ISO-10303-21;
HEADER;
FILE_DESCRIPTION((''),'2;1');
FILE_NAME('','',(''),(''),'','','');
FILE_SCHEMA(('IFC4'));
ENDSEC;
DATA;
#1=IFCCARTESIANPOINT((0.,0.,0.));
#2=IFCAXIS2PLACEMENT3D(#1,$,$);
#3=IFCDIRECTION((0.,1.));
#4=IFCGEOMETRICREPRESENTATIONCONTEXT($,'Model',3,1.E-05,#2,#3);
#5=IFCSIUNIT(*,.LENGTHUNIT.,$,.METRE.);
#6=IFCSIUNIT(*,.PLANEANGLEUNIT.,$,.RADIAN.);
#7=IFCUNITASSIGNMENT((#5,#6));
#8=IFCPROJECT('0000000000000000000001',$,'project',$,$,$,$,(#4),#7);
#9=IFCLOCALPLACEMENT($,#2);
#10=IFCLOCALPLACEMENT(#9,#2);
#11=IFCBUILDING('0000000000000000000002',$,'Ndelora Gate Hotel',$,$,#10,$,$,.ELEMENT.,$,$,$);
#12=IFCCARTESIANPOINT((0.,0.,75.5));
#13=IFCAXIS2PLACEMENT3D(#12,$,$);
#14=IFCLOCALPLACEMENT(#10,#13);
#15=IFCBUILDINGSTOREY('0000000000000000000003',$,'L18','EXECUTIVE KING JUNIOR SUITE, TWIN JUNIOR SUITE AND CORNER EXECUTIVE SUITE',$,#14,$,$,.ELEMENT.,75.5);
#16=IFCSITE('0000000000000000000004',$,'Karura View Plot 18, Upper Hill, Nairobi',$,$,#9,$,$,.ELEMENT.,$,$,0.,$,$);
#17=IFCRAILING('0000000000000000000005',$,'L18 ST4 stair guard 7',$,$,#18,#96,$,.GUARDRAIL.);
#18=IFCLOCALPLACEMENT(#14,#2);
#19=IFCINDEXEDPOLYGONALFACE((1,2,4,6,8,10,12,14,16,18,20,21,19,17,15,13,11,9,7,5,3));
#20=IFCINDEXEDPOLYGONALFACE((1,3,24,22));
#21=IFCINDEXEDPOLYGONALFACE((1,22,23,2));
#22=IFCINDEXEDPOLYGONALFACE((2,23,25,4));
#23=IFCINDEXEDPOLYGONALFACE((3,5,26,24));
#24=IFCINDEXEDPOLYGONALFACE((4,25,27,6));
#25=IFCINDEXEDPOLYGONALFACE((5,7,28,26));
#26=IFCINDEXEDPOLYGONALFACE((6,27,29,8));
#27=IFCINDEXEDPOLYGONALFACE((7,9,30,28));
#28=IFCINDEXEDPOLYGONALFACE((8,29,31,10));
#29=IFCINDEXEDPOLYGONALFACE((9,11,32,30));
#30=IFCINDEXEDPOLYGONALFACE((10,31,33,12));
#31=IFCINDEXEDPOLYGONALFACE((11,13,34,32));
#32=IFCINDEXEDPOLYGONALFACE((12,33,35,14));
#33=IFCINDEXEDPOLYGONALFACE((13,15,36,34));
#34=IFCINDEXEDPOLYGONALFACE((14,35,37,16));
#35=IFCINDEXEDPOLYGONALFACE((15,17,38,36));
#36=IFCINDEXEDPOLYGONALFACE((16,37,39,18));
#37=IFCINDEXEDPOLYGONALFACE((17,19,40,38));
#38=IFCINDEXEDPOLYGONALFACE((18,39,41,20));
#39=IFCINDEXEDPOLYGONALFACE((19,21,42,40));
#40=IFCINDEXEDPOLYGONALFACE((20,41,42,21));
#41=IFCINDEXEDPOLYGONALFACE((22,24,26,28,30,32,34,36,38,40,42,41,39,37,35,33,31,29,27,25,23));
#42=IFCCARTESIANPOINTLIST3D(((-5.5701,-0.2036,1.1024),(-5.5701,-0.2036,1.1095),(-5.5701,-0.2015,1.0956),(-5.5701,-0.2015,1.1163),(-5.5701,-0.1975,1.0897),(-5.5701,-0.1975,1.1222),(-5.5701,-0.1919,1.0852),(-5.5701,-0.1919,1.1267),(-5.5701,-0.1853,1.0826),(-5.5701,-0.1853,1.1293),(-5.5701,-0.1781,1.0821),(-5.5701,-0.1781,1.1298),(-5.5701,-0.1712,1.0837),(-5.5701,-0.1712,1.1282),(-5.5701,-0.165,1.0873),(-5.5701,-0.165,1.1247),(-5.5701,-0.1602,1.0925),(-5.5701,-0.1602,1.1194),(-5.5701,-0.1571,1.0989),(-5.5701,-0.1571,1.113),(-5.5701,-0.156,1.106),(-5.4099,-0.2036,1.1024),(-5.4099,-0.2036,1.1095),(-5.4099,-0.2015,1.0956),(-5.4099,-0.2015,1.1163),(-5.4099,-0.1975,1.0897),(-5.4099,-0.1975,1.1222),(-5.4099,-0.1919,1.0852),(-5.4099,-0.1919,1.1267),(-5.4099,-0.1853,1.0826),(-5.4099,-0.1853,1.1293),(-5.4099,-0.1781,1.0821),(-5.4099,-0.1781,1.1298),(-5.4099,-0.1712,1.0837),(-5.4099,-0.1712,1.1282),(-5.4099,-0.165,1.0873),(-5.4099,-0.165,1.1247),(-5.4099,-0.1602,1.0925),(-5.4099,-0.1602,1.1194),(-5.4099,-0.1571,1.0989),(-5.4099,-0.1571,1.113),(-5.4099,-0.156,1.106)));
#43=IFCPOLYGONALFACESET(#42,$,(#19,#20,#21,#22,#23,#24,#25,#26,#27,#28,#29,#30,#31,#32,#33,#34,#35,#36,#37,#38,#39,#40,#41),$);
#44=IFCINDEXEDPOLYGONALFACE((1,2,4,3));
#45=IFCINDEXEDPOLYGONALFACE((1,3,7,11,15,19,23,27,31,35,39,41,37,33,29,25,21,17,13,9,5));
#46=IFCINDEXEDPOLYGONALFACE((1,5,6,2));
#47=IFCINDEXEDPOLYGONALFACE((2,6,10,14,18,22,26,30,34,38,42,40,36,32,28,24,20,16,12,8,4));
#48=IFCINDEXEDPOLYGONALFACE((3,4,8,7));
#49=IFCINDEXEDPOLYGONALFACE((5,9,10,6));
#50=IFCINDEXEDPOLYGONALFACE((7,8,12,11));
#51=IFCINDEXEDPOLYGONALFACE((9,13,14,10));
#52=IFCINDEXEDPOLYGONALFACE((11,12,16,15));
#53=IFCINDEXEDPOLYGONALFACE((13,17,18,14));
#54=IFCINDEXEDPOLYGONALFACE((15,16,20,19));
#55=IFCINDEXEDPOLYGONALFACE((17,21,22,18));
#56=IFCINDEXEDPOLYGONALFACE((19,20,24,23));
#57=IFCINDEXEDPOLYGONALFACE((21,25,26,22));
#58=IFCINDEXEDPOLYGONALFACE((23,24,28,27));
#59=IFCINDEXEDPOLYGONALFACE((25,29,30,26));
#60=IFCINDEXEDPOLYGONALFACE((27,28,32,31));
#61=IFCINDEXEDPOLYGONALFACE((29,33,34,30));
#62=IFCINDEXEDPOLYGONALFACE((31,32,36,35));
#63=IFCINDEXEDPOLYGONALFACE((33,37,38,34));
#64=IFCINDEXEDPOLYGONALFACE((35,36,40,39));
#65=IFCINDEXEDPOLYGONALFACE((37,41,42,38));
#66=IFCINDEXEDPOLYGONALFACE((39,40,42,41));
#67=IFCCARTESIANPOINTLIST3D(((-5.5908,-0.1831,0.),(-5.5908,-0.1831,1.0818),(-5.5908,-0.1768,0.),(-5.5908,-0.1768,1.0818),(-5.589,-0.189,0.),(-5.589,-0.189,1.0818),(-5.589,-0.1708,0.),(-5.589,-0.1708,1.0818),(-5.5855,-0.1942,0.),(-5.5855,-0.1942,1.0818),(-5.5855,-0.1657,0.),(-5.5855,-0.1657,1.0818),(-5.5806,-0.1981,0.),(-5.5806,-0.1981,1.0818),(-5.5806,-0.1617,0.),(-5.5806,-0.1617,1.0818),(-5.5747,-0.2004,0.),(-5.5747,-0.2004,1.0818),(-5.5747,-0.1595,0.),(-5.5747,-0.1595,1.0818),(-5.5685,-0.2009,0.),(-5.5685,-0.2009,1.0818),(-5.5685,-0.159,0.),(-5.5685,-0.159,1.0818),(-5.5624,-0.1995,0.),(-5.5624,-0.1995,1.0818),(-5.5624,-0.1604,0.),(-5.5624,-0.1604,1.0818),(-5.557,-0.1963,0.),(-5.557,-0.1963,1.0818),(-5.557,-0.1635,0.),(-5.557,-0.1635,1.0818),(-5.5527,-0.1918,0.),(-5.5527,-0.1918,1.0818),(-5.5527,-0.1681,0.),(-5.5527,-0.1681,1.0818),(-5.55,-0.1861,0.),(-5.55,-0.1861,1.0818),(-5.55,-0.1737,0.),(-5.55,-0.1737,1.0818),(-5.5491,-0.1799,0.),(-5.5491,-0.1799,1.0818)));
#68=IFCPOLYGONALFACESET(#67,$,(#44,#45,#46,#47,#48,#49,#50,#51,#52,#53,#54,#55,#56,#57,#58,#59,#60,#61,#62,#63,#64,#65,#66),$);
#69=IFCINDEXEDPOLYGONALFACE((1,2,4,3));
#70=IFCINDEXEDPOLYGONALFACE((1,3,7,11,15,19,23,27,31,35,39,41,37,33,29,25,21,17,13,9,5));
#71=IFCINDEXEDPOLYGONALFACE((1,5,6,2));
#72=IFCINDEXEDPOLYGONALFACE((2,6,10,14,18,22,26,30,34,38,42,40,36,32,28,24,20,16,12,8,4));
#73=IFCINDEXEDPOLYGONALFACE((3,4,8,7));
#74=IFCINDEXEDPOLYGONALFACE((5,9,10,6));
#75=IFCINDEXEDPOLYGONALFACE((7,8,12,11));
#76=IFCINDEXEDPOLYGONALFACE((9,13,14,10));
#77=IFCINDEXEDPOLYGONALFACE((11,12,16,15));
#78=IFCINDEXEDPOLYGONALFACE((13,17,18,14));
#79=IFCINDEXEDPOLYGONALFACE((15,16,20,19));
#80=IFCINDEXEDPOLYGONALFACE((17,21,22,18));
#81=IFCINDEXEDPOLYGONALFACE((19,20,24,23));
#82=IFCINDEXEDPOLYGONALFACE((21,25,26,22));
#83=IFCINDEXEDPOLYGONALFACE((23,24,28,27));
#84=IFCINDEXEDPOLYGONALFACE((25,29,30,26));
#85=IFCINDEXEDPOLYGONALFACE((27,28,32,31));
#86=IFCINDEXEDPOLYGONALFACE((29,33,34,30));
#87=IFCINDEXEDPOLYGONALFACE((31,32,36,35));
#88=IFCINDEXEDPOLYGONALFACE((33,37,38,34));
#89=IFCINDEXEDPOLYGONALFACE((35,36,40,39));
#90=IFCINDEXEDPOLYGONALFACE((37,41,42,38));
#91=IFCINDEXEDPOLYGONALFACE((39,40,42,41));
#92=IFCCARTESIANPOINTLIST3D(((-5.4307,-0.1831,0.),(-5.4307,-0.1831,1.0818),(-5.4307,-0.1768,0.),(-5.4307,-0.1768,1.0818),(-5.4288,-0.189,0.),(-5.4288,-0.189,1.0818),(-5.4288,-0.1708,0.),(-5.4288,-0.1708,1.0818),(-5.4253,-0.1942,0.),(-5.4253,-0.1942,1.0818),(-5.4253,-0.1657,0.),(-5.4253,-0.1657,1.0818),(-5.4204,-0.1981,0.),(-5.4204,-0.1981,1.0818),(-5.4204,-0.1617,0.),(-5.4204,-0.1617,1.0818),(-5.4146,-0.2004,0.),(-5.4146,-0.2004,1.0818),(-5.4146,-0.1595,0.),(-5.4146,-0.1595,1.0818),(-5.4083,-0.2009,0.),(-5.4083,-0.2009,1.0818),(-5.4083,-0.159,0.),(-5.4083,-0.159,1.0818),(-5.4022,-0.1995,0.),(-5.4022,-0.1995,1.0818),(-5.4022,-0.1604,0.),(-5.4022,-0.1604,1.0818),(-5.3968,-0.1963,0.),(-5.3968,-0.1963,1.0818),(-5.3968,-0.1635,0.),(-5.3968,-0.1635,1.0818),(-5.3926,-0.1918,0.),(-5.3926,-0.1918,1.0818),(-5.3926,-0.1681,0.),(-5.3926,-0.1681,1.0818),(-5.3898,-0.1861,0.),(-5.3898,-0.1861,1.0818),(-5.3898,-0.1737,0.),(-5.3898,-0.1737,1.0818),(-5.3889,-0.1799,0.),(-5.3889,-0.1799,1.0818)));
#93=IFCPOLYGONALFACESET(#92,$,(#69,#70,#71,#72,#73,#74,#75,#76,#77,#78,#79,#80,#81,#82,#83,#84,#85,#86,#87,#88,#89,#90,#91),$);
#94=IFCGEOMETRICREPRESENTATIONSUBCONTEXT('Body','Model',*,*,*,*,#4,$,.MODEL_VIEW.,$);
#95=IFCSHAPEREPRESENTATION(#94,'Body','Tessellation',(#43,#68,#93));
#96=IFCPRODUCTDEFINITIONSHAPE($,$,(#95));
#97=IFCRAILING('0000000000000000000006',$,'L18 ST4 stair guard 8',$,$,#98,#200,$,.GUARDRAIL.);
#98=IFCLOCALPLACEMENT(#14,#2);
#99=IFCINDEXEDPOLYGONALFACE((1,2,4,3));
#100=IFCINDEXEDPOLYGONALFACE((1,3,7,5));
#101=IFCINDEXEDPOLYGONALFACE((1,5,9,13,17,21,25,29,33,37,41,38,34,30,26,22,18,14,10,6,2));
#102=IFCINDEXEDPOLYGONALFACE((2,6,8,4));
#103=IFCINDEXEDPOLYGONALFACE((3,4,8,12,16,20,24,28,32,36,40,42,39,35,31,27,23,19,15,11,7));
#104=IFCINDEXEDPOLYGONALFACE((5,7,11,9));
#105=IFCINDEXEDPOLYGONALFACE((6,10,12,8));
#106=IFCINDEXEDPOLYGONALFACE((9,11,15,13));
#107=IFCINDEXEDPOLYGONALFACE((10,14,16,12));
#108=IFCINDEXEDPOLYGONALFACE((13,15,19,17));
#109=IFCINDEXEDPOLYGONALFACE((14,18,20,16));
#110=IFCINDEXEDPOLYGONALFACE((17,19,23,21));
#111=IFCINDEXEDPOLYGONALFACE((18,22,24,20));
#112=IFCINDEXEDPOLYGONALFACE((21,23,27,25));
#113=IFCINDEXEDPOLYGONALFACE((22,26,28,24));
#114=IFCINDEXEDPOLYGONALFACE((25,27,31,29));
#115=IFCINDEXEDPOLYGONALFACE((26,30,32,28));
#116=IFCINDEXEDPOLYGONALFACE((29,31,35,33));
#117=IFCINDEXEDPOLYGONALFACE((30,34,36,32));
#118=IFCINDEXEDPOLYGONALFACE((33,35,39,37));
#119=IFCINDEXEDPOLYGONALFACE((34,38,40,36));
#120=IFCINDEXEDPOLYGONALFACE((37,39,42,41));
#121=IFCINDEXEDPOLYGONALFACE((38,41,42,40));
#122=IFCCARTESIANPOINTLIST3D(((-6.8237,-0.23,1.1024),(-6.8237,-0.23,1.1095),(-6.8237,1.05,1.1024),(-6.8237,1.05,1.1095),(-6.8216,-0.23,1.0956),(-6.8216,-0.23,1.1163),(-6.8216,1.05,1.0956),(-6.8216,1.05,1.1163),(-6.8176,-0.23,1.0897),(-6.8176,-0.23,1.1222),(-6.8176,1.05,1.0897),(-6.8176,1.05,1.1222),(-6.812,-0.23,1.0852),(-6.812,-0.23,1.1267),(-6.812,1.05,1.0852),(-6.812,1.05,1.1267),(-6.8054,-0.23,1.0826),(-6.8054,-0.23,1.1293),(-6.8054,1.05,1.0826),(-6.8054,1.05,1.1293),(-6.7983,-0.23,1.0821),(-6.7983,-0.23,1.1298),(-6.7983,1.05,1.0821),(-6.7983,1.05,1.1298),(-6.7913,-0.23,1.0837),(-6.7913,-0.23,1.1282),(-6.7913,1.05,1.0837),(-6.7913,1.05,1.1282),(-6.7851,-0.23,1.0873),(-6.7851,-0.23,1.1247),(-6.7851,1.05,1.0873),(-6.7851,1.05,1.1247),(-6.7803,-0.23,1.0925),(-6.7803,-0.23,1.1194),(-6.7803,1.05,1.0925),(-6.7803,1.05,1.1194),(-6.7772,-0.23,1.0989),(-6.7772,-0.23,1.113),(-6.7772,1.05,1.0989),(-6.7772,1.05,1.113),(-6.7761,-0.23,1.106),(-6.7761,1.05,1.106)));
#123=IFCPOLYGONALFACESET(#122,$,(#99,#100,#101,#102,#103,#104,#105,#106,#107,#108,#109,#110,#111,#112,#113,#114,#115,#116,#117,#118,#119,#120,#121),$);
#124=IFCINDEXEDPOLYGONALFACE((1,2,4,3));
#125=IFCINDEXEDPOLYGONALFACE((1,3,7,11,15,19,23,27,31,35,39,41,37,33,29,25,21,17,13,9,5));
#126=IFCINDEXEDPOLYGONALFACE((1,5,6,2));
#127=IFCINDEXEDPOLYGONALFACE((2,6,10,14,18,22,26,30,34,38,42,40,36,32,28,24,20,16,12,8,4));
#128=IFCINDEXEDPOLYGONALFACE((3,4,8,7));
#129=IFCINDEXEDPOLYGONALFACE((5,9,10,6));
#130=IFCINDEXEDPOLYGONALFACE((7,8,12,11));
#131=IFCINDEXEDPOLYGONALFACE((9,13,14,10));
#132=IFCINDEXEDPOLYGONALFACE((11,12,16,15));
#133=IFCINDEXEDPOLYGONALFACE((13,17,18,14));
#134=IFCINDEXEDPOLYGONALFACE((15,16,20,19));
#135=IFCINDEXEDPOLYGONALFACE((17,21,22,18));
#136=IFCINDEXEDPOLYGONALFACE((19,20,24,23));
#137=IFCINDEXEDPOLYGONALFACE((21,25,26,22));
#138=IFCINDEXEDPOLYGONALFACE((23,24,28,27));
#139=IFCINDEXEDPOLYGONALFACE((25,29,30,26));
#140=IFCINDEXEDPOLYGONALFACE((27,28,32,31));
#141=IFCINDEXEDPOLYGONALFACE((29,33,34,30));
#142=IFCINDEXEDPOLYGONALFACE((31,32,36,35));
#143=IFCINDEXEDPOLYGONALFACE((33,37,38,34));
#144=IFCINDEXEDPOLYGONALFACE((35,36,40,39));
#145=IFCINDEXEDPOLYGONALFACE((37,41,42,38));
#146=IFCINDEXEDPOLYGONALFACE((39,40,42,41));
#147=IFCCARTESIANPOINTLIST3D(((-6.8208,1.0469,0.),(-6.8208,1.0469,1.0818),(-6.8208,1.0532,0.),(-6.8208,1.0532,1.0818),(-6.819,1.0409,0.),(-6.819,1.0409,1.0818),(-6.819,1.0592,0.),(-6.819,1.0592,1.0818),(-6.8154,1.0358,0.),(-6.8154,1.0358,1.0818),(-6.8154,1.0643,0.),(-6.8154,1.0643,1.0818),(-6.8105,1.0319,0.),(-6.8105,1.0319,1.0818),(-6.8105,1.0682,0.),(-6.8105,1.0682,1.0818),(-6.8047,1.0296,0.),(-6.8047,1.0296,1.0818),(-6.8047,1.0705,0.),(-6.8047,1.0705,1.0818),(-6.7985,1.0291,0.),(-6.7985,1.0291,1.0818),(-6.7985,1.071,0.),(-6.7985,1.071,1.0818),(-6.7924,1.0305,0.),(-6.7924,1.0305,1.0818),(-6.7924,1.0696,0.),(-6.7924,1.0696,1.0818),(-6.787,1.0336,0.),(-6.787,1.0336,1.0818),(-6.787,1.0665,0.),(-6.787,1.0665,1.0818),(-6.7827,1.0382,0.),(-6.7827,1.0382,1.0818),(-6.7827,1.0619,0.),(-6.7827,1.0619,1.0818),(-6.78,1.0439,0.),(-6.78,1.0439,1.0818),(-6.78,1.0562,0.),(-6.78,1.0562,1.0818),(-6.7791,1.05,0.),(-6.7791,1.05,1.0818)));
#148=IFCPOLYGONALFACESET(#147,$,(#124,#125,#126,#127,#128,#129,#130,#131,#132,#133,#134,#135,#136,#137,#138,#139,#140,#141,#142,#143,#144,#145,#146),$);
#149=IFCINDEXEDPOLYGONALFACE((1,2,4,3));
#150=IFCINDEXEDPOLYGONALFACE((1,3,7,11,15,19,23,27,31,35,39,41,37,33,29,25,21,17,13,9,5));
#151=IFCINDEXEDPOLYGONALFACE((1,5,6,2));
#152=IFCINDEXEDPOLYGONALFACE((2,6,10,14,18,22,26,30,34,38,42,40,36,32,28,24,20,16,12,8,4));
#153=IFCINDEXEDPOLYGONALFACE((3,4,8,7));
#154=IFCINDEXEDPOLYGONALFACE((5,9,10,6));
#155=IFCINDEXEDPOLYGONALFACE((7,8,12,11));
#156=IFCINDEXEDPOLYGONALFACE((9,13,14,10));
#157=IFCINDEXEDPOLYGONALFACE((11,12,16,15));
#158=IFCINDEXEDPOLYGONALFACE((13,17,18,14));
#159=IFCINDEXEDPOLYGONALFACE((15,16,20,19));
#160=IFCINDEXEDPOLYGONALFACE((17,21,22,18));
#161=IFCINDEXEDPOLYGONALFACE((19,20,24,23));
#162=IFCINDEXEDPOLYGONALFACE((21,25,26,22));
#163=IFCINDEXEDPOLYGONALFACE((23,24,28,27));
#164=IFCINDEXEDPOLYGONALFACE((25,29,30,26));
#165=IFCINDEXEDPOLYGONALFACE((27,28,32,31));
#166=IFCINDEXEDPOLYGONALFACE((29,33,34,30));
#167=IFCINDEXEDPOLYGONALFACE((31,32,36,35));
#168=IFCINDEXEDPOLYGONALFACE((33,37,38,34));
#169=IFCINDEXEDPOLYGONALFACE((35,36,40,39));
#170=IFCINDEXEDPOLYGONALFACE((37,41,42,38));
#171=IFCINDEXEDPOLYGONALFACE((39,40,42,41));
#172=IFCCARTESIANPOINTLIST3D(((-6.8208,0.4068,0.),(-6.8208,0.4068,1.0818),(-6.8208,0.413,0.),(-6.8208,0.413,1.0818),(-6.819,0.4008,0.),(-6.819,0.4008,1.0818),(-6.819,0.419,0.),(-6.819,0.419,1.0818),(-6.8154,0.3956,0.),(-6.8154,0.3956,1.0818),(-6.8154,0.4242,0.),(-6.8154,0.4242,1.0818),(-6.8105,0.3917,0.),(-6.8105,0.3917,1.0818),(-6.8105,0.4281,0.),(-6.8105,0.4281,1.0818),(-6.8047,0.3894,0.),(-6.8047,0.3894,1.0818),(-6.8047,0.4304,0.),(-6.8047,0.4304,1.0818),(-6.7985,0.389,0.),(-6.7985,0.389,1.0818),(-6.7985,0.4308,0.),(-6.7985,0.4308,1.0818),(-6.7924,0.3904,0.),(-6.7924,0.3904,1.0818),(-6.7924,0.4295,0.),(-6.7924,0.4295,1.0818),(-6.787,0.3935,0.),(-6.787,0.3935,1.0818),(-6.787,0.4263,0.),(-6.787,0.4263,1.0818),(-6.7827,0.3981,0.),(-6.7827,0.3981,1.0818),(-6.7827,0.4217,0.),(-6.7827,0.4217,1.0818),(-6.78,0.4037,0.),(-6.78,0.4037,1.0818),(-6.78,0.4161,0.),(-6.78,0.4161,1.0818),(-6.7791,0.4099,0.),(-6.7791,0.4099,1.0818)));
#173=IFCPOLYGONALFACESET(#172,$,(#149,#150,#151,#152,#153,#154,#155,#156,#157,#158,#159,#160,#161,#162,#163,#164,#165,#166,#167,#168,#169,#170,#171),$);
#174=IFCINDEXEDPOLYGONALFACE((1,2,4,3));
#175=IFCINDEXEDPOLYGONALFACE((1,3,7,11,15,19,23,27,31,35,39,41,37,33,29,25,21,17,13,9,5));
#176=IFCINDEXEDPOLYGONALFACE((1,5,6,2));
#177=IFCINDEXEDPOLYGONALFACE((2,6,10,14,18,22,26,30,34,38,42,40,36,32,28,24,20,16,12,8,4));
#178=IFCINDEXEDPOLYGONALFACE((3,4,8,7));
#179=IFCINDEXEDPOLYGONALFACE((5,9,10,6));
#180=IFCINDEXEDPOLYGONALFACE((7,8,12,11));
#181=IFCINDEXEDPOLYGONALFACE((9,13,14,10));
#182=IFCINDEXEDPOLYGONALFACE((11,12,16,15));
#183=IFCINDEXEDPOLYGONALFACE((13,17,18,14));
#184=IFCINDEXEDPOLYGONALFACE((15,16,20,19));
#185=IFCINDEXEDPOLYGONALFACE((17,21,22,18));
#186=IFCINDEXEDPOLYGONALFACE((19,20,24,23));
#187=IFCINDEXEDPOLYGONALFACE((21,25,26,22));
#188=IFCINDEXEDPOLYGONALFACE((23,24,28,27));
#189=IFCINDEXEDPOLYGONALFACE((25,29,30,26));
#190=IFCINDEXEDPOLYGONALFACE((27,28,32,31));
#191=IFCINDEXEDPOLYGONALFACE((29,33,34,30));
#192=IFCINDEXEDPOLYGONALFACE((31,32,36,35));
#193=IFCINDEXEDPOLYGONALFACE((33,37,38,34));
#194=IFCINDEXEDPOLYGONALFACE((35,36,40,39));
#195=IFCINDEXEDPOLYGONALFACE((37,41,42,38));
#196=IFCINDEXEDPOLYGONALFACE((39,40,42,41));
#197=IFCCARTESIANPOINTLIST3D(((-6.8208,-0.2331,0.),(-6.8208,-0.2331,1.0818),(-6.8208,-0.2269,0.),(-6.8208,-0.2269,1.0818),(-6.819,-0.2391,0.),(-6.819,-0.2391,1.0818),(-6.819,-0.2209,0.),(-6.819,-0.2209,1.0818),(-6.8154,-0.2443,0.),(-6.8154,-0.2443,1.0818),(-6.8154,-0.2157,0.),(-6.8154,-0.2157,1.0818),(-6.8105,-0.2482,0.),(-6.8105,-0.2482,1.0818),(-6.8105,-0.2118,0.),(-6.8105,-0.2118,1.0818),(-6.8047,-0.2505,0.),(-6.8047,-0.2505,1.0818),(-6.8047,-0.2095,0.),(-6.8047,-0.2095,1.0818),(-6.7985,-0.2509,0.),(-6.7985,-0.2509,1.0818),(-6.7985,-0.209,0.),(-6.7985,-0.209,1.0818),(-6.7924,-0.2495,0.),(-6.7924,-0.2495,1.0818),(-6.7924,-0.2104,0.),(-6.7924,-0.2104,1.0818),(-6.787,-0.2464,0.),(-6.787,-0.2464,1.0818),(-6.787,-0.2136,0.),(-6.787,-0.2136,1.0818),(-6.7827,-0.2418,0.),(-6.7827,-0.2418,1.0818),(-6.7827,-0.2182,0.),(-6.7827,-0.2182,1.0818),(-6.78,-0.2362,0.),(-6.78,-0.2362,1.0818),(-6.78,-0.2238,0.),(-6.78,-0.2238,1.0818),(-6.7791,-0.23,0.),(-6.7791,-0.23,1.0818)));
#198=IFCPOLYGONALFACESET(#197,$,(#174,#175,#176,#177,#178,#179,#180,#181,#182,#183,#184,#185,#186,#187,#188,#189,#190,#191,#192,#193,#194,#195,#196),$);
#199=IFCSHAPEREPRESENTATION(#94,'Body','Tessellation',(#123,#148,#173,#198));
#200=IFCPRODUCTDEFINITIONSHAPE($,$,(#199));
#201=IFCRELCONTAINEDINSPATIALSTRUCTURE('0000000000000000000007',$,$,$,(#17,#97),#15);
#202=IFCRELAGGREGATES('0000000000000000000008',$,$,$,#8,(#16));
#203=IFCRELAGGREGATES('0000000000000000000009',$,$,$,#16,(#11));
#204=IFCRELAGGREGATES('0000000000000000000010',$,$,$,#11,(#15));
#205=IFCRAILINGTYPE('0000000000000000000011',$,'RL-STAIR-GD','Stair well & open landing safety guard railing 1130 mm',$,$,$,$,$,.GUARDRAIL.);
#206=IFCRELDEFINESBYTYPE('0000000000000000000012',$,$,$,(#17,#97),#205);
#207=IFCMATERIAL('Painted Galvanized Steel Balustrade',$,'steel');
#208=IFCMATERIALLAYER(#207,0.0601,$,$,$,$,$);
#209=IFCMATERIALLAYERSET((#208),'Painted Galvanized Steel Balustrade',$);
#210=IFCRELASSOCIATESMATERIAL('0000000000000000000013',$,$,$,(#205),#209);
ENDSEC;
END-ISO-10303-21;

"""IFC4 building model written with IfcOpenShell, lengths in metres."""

from ifc_helpers import new_model, si_unit, direction, frame, origin, origin_2d, place, context, subcontext, project, spatial, circle, extrude, material, layer, layer_set, type_object, element, save


model = new_model("IFC4")

# Units and contexts
model_context = context("Model", 3, precision=1e-05, world=origin(), true_north=direction((0.0, 1.0)))
body_context = subcontext(model_context, "Body", "Model", "MODEL_VIEW")
ifc_project = project(units=[si_unit("LENGTHUNIT", "METRE"), si_unit("PLANEANGLEUNIT", "RADIAN")], contexts=[model_context])

# Site, building, storey
site_placement = place(None, origin())
site = spatial("IfcSite", under=ifc_project, at=site_placement, Name="Karura View Plot 18, Upper Hill, Nairobi", CompositionType="ELEMENT", RefElevation=0.0)
building_placement = place(site_placement, origin())
building = spatial("IfcBuilding", under=site, at=building_placement, Name="Ndelora Gate Hotel", CompositionType="ELEMENT")
storey_placement = place(building_placement, frame((0.0, 0.0, 75.5)))
storey = spatial("IfcBuildingStorey", under=building, at=storey_placement, Name="L18", Description="EXECUTIVE KING JUNIOR SUITE, TWIN JUNIOR SUITE AND CORNER EXECUTIVE SUITE", CompositionType="ELEMENT", Elevation=75.5)

# Railings
ifc_material_1 = material(Name="Painted Galvanized Steel Balustrade", Category="steel")
ifc_layer_1 = layer(ifc_material_1, 0.0601)
ifc_layer_set_1 = layer_set([ifc_layer_1], Name="Painted Galvanized Steel Balustrade")
railing_type_1 = type_object("IfcRailingType", Name="RL-STAIR-GD", Description="Stair well & open landing safety guard railing 1130 mm", PredefinedType="GUARDRAIL", material=ifc_layer_set_1)
railing_1_placement = place(storey_placement, frame((-5.5701, -0.1799, 0.0)))
element("IfcRailing", 1, at=railing_1_placement, inside=storey, type_object=railing_type_1, Name="L18 ST4 stair guard 7", PredefinedType="GUARDRAIL", context=body_context, shape_type="SweptSolid", body=[
    extrude(circle(Radius=0.0239, at=origin_2d()), frame((0.0, 0.0, 1.106), z_axis=(1.0, 0.0, 0.0), x_axis=(0.0, 1.0, 0.0)), (0.0, 0.0, 1.0), 0.1602),
    extrude(circle(Radius=0.021, at=origin_2d()), origin(), (0.0, 0.0, 1.0), 1.0818),
    extrude(circle(Radius=0.021, at=origin_2d()), frame((0.1602, 0.0, 0.0)), (0.0, 0.0, 1.0), 1.0818),
])
for number, where, name in (
    (2, (-6.8, 1.05, 0.0), "L18 ST4 stair guard 8"),
):
    element("IfcRailing", number, at=place(storey_placement, frame(where)), inside=storey, type_object=railing_type_1, Name=name, PredefinedType="GUARDRAIL", context=body_context, shape_type="SweptSolid", body=[
        extrude(circle(Radius=0.0239, at=origin_2d()), frame((0.0, 0.0, 1.106), z_axis=(0.0, -1.0, 0.0), x_axis=(1.0, 0.0, 0.0)), (0.0, 0.0, 1.0), 1.28),
        extrude(circle(Radius=0.021, at=origin_2d()), origin(), (0.0, 0.0, 1.0), 1.0818),
        extrude(circle(Radius=0.021, at=origin_2d()), frame((0.0, -0.6401, 0.0)), (0.0, 0.0, 1.0), 1.0818),
        extrude(circle(Radius=0.021, at=origin_2d()), frame((0.0, -1.28, 0.0)), (0.0, 0.0, 1.0), 1.0818),
    ])

save(model, "model.ifc")
